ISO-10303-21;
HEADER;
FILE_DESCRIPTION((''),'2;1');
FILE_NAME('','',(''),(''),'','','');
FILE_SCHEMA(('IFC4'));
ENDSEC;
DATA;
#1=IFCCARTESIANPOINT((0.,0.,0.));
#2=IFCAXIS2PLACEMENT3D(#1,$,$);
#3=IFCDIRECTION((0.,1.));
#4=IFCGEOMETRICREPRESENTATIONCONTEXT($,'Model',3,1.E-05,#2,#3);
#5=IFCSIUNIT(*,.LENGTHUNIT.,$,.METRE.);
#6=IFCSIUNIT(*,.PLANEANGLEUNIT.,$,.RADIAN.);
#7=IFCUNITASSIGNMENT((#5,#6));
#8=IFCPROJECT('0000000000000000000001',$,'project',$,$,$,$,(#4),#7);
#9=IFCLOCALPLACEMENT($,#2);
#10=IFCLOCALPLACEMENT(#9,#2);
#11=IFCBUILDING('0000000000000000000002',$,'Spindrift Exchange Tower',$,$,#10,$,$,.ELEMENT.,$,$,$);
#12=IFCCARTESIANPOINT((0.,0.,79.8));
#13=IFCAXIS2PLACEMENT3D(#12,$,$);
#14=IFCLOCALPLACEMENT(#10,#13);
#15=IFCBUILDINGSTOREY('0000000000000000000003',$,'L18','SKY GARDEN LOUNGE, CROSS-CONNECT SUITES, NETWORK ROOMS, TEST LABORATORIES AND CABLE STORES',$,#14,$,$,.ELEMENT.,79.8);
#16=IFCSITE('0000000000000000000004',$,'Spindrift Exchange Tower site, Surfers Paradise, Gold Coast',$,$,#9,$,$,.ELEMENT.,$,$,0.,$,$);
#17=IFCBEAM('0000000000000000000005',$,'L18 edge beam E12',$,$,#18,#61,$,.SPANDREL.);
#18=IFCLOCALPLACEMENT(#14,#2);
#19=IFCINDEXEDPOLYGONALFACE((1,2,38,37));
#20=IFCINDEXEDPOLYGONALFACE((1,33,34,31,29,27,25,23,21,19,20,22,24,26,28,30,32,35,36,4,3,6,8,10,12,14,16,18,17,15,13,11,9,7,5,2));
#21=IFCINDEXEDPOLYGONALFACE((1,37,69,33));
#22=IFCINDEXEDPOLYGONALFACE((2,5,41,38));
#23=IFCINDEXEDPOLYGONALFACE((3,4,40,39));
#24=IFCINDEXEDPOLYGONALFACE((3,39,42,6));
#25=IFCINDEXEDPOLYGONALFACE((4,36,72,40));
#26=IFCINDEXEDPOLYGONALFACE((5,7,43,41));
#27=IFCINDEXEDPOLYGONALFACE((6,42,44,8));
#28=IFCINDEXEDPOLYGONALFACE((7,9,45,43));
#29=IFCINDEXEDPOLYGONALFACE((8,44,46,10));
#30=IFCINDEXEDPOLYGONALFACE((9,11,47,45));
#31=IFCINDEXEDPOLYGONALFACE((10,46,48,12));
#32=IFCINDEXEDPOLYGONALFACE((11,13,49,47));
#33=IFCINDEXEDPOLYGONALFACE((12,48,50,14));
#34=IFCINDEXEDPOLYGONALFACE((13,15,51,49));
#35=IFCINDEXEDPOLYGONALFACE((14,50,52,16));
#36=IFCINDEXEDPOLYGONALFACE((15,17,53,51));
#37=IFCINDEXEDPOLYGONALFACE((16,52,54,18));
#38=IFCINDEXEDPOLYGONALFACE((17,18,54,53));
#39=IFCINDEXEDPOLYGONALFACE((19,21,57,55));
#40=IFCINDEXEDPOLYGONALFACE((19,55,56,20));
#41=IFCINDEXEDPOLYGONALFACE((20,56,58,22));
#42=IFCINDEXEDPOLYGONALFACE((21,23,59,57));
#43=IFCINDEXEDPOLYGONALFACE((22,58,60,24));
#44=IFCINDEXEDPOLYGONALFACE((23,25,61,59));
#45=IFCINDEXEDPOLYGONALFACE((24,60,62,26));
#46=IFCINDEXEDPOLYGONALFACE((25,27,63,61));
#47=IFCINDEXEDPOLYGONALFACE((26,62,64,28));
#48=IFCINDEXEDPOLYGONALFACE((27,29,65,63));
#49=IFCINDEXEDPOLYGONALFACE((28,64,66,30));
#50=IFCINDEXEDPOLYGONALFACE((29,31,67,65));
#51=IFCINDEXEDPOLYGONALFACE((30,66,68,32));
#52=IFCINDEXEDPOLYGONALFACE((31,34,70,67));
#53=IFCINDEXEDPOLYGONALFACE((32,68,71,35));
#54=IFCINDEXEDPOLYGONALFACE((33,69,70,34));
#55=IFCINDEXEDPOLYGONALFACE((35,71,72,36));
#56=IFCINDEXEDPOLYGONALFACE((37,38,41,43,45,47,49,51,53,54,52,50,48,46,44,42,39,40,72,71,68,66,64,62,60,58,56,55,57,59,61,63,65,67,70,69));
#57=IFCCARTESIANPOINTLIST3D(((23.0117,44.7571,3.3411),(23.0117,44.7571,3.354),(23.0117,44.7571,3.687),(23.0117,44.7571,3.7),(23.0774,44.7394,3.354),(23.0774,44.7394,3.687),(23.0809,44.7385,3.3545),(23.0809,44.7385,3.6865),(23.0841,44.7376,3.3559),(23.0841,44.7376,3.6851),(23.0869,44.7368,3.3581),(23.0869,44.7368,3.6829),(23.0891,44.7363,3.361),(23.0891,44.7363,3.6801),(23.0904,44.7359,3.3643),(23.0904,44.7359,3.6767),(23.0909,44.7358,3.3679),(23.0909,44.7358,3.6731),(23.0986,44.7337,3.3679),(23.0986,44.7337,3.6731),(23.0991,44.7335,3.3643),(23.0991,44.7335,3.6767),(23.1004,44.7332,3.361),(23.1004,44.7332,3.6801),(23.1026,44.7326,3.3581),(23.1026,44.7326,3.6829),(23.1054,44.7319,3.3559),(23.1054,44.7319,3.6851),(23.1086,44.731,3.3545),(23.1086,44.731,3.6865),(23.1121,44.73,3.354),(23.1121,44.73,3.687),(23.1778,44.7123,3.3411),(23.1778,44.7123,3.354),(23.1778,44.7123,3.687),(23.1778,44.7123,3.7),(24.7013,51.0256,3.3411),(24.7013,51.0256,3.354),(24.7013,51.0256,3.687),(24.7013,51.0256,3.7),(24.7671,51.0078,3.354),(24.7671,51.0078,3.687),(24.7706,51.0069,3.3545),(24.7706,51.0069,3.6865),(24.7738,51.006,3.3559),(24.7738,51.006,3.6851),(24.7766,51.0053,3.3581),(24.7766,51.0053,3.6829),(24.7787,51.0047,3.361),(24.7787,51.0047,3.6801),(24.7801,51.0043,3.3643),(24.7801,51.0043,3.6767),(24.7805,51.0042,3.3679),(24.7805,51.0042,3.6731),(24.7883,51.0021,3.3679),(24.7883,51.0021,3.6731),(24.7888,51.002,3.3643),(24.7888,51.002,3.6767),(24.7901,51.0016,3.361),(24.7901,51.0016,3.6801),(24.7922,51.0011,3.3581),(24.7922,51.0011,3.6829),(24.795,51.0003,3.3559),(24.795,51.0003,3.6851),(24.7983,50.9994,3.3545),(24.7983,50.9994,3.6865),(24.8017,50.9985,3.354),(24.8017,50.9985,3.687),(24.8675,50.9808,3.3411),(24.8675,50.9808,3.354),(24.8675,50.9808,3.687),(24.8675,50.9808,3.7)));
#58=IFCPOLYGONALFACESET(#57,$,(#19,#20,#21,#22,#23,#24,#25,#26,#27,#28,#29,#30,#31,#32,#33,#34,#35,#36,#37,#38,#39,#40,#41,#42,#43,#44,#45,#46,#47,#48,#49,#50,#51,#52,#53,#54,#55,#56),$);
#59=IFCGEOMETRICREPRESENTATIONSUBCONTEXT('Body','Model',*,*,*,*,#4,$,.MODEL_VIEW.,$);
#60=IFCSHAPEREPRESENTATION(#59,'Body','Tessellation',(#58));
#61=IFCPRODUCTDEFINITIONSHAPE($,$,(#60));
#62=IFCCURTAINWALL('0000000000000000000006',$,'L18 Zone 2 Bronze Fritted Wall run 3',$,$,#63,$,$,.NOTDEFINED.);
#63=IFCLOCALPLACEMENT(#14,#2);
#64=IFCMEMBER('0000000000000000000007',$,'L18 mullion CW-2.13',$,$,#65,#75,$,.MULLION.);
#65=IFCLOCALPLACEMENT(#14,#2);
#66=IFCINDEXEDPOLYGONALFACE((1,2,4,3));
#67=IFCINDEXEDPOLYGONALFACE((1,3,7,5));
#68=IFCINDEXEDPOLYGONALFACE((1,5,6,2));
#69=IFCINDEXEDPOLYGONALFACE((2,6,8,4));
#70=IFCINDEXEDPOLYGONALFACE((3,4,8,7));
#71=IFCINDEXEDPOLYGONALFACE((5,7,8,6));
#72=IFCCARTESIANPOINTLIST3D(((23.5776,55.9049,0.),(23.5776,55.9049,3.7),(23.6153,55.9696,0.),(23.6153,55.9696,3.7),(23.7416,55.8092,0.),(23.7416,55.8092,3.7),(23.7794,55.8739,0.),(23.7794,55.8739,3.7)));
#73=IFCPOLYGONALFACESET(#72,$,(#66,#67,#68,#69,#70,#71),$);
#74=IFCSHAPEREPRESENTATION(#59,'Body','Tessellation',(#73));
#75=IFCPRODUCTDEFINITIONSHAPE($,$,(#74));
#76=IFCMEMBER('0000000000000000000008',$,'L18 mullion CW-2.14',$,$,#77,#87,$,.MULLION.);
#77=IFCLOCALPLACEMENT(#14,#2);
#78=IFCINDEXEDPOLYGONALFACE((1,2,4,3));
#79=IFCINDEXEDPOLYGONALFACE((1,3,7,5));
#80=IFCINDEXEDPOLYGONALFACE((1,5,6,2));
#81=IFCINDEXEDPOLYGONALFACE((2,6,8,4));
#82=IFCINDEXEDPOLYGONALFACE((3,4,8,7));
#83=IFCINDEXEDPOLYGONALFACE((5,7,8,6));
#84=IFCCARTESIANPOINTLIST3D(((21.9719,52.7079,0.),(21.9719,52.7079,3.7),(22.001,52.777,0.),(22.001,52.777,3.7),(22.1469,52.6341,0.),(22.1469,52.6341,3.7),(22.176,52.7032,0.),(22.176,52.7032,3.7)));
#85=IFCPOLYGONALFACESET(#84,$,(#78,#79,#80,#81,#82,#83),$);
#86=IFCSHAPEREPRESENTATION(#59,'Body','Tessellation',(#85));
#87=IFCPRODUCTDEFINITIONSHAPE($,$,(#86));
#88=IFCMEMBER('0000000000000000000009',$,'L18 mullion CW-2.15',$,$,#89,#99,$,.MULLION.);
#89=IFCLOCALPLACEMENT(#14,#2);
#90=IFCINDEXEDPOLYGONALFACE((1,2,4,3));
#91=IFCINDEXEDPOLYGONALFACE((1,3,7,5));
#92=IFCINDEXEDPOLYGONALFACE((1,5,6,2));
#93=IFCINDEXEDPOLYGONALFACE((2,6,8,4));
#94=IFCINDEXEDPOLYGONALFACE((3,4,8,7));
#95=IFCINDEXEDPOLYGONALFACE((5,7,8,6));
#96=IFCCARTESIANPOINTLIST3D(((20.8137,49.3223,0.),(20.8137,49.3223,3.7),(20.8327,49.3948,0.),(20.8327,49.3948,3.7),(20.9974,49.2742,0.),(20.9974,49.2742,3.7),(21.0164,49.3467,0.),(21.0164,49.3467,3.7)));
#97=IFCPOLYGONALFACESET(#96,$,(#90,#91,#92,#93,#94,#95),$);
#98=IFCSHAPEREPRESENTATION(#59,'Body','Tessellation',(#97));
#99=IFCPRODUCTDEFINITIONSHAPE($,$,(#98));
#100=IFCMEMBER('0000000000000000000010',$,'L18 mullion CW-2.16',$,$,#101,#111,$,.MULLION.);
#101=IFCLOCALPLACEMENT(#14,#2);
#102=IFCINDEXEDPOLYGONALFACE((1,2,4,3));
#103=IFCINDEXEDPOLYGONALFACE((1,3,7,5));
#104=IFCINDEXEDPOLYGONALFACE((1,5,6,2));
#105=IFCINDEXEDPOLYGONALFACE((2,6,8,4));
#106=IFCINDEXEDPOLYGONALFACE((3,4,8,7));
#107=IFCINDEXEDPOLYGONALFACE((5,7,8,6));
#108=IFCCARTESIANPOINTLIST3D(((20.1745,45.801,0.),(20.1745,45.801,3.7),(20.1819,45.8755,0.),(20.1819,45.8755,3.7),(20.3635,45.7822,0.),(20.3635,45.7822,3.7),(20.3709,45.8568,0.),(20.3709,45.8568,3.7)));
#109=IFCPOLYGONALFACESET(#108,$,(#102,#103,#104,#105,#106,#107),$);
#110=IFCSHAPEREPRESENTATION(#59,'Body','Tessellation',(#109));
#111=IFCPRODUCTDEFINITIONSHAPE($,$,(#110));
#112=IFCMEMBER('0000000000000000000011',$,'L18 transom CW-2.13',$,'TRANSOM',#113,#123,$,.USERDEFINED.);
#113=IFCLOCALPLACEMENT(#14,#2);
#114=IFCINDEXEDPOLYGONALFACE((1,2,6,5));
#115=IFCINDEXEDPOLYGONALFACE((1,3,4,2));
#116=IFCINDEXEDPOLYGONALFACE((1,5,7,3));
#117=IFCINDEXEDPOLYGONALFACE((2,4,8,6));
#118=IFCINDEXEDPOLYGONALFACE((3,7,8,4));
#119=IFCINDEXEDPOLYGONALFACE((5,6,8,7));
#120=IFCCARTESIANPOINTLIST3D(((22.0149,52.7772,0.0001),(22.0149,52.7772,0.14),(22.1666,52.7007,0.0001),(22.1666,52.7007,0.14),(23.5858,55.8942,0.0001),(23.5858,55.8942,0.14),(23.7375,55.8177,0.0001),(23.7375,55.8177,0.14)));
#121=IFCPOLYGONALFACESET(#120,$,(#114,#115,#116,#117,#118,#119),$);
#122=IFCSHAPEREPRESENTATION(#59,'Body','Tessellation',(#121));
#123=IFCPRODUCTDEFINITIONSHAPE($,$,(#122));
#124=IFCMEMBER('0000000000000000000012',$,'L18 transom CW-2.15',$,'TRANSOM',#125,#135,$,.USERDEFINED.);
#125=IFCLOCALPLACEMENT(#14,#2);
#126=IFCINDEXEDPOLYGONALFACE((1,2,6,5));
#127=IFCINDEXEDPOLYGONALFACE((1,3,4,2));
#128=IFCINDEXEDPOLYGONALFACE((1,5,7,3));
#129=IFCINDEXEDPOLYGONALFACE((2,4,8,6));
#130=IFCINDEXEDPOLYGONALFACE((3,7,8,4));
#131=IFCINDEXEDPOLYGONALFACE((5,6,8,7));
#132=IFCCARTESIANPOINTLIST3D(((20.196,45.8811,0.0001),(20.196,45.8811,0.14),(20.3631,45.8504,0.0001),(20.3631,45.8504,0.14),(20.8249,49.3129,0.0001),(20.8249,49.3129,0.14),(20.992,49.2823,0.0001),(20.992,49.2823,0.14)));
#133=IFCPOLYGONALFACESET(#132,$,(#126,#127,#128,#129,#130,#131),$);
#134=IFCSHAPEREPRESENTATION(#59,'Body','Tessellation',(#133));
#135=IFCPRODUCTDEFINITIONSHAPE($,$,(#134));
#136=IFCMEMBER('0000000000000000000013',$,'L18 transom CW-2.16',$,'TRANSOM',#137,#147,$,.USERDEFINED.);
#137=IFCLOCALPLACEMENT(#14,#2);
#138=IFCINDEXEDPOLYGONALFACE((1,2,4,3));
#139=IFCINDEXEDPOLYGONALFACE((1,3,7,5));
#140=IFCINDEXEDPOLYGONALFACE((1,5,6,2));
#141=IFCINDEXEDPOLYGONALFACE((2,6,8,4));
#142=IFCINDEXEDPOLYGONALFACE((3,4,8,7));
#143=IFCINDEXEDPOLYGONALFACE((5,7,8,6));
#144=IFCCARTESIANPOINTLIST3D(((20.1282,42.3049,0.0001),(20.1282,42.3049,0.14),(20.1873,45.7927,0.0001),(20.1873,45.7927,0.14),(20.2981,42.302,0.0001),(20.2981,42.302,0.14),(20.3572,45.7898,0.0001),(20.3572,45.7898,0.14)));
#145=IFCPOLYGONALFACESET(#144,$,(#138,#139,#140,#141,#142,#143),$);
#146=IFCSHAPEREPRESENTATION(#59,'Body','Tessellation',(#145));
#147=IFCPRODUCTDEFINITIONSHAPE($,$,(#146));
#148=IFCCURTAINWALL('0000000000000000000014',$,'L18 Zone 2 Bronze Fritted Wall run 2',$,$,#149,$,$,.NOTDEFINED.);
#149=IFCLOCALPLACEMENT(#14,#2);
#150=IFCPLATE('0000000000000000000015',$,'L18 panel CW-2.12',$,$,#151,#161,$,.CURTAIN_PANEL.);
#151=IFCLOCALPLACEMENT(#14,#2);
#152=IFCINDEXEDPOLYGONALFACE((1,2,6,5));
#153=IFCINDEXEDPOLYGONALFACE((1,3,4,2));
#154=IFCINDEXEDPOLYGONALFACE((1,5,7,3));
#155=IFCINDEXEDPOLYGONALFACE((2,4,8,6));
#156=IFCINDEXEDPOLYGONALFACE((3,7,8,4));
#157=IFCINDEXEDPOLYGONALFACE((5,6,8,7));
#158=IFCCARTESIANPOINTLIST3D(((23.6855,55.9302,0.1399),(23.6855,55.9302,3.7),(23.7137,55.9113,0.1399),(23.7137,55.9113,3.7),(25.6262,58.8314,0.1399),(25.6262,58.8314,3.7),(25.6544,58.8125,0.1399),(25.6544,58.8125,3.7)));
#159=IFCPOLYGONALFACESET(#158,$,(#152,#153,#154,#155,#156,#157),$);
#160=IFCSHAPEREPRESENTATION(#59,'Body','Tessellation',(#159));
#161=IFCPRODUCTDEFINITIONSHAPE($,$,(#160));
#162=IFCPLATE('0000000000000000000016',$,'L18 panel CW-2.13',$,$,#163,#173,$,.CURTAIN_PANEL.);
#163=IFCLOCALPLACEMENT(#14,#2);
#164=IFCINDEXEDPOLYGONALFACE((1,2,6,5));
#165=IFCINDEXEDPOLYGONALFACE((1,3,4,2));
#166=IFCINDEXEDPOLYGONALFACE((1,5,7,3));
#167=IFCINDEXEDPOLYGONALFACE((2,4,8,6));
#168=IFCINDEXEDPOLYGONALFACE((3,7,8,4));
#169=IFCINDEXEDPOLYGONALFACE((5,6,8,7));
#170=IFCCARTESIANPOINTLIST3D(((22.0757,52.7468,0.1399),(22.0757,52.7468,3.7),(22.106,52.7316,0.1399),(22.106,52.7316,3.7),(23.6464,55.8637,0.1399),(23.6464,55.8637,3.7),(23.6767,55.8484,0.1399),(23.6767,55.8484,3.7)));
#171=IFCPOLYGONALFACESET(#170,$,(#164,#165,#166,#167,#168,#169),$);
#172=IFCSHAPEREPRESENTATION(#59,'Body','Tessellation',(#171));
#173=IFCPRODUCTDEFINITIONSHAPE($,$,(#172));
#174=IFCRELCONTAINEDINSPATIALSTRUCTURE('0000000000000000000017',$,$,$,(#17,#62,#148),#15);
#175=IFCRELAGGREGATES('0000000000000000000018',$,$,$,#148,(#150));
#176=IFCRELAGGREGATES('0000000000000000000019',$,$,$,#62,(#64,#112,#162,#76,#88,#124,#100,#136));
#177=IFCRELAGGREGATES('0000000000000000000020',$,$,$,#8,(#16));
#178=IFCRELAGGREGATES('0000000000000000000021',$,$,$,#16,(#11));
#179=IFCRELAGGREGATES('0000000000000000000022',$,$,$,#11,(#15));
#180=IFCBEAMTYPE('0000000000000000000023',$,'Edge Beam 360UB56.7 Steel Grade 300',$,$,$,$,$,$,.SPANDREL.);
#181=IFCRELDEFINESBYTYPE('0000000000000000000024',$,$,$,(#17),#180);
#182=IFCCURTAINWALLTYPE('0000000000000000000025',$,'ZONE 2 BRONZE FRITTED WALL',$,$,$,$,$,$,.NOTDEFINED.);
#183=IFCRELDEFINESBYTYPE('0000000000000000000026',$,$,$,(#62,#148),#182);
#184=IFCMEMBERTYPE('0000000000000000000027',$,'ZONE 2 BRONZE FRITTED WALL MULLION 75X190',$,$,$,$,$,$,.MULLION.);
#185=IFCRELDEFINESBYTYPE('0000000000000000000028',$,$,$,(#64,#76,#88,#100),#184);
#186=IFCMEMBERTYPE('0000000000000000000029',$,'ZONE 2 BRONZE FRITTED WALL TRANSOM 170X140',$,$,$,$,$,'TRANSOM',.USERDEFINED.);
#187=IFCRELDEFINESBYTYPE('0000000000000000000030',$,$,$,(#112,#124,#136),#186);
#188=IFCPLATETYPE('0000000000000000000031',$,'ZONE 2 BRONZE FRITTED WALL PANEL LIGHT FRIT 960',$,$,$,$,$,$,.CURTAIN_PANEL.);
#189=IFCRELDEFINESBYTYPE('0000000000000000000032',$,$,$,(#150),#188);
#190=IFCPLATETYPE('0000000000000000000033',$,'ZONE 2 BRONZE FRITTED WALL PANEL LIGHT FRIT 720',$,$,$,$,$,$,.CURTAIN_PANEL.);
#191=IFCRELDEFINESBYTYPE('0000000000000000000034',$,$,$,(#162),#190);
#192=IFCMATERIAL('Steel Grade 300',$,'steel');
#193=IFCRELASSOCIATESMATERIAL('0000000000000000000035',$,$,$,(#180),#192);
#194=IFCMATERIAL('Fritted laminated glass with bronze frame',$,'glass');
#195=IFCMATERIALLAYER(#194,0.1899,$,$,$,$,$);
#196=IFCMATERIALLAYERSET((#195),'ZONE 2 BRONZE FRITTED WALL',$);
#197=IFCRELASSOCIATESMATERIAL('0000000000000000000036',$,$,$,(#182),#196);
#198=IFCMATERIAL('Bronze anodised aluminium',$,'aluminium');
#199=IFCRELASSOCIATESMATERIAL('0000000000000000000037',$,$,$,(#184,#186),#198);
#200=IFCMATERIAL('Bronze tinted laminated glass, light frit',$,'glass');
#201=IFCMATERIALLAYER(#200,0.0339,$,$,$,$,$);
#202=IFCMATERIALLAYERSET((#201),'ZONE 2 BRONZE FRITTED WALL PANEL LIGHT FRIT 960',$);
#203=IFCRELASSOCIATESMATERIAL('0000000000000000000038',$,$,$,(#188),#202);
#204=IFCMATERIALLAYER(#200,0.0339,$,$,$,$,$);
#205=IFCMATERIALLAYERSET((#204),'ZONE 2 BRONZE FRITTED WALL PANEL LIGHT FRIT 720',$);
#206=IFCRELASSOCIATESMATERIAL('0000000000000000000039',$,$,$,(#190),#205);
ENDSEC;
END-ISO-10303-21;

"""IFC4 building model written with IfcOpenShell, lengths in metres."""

from ifc_helpers import new_model, si_unit, direction, frame, origin, origin_2d, place, context, subcontext, project, spatial, rectangle, i_section, extrude, source, transform, mapped, material, layer, layer_set, material_profile, profile_set, type_object, element, aggregate, save


model = new_model("IFC4")

# Units and contexts
model_context = context("Model", 3, precision=1e-05, world=origin(), true_north=direction((0.0, 1.0)))
body_context = subcontext(model_context, "Body", "Model", "MODEL_VIEW")
ifc_project = project(units=[si_unit("LENGTHUNIT", "METRE"), si_unit("PLANEANGLEUNIT", "RADIAN")], contexts=[model_context])

# Site, building, storey
site_placement = place(None, origin())
site = spatial("IfcSite", under=ifc_project, at=site_placement, Name="Spindrift Exchange Tower site, Surfers Paradise, Gold Coast", CompositionType="ELEMENT", RefElevation=0.0)
building_placement = place(site_placement, origin())
building = spatial("IfcBuilding", under=site, at=building_placement, Name="Spindrift Exchange Tower", CompositionType="ELEMENT")
storey_placement = place(building_placement, frame((0.0, 0.0, 79.8)))
storey = spatial("IfcBuildingStorey", under=building, at=storey_placement, Name="L18", Description="SKY GARDEN LOUNGE, CROSS-CONNECT SUITES, NETWORK ROOMS, TEST LABORATORIES AND CABLE STORES", CompositionType="ELEMENT", Elevation=79.8)

# Beam
ifc_material_1 = material(Name="Steel Grade 300", Category="steel")
ifc_material_profile_1 = material_profile(ifc_material_1, i_section(OverallWidth=0.1721, OverallDepth=0.3589, WebThickness=0.0081, FlangeThickness=0.0129, FilletRadius=0.0139, at=origin_2d()), Name="360UB56.7")
ifc_profile_set_1 = profile_set([ifc_material_profile_1], Name="Steel Grade 300")
beam_type_1 = type_object("IfcBeamType", Name="Edge Beam 360UB56.7 Steel Grade 300", PredefinedType="SPANDREL", material=ifc_profile_set_1)
shared_shape_1 = source(origin(), body_context, "Body", "SweptSolid", [
    extrude(i_section(OverallWidth=0.1721, OverallDepth=0.3589, WebThickness=0.0081, FlangeThickness=0.0129, FilletRadius=0.0139, at=origin_2d()), origin(), (0.0, 0.0, 1.0), 6.4922),
])
beam_1_placement = place(storey_placement, frame((24.7844, 51.0032, 3.5205), z_axis=(-0.260262, -0.965538, 0.0), x_axis=(0.965538, -0.260262, 0.0)))
element("IfcBeam", 1, at=beam_1_placement, inside=storey, type_object=beam_type_1, Name="L18 edge beam E12", PredefinedType="SPANDREL", context=body_context, shape_type="MappedRepresentation", body=[
    mapped(shared_shape_1, transform((0.0, 0.0, 0.0), scale=1.0)),
])

# Curtain wall, members
ifc_material_2 = material(Name="Fritted laminated glass with bronze frame", Category="glass")
ifc_layer_1 = layer(ifc_material_2, 0.1899)
ifc_layer_set_1 = layer_set([ifc_layer_1], Name="ZONE 2 BRONZE FRITTED WALL")
curtain_wall_type = type_object("IfcCurtainWallType", Name="ZONE 2 BRONZE FRITTED WALL", PredefinedType="NOTDEFINED", material=ifc_layer_set_1)
curtain_wall_1_placement = place(storey_placement, origin())
curtain_wall_1 = element("IfcCurtainWall", 2, at=curtain_wall_1_placement, inside=storey, type_object=curtain_wall_type, Name="L18 Zone 2 Bronze Fritted Wall run 3", PredefinedType="NOTDEFINED")
ifc_material_3 = material(Name="Bronze anodised aluminium", Category="aluminium")
ifc_material_profile_2 = material_profile(ifc_material_3, rectangle(XDim=0.075, YDim=0.1899, at=origin_2d()), Name="ZONE 2 BRONZE FRITTED WALL MULLION 75X190")
ifc_profile_set_2 = profile_set([ifc_material_profile_2], Name="Bronze anodised aluminium")
member_type_1 = type_object("IfcMemberType", Name="ZONE 2 BRONZE FRITTED WALL MULLION 75X190", PredefinedType="MULLION", material=ifc_profile_set_2)
shared_shape_2 = source(origin(), body_context, "Body", "SweptSolid", [
    extrude(rectangle(XDim=0.075, YDim=0.1899, at=origin_2d()), origin(), (0.0, 0.0, 1.0), 3.7),
])
member_1_placement = place(storey_placement, frame((23.6785, 55.8894, 0.0), z_axis=(0.0, 0.0, 1.0), x_axis=(-0.503963, -0.863725, 0.0)))
member_1 = element("IfcMember", 3, at=member_1_placement, type_object=member_type_1, Name="L18 mullion CW-2.13", PredefinedType="MULLION", context=body_context, shape_type="MappedRepresentation", body=[
    mapped(shared_shape_2, transform((0.0, 0.0, 0.0), scale=1.0)),
])
member_2_placement = place(storey_placement, frame((22.074, 52.7056, 0.0), z_axis=(0.0, 0.0, 1.0), x_axis=(-0.388458, -0.921467, 0.0)))
member_2 = element("IfcMember", 4, at=member_2_placement, type_object=member_type_1, Name="L18 mullion CW-2.14", PredefinedType="MULLION", context=body_context, shape_type="MappedRepresentation", body=[
    mapped(shared_shape_2, transform((0.0, 0.0, 0.0), scale=1.0)),
])
member_3_placement = place(storey_placement, frame((20.915, 49.3345, 0.0), z_axis=(0.0, 0.0, 1.0), x_axis=(-0.25337, -0.967369, 0.0)))
member_3 = element("IfcMember", 5, at=member_3_placement, type_object=member_type_1, Name="L18 mullion CW-2.15", PredefinedType="MULLION", context=body_context, shape_type="MappedRepresentation", body=[
    mapped(shared_shape_2, transform((0.0, 0.0, 0.0), scale=1.0)),
])
member_4_placement = place(storey_placement, frame((20.2727, 45.8289, 0.0), z_axis=(0.0, 0.0, 1.0), x_axis=(-0.098916, -0.995096, 0.0)))
member_4 = element("IfcMember", 6, at=member_4_placement, type_object=member_type_1, Name="L18 mullion CW-2.16", PredefinedType="MULLION", context=body_context, shape_type="MappedRepresentation", body=[
    mapped(shared_shape_2, transform((0.0, 0.0, 0.0), scale=1.0)),
])
ifc_material_profile_3 = material_profile(ifc_material_3, rectangle(XDim=0.1699, YDim=0.1399, at=origin_2d()), Name="ZONE 2 BRONZE FRITTED WALL TRANSOM 170X140")
ifc_profile_set_3 = profile_set([ifc_material_profile_3], Name="Bronze anodised aluminium")
member_type_2 = type_object("IfcMemberType", Name="ZONE 2 BRONZE FRITTED WALL TRANSOM 170X140", ElementType="TRANSOM", PredefinedType="USERDEFINED", material=ifc_profile_set_3)
shared_shape_3 = source(origin(), body_context, "Body", "SweptSolid", [
    extrude(rectangle(XDim=0.1699, YDim=0.1399, at=origin_2d()), origin(), (0.0, 0.0, 1.0), 3.4905),
])
member_5_placement = place(storey_placement, frame((23.6616, 55.856, 0.0701), z_axis=(-0.450037, -0.89301, 0.0), x_axis=(0.89301, -0.450037, 0.0)))
member_5 = element("IfcMember", 7, at=member_5_placement, type_object=member_type_2, Name="L18 transom CW-2.13", ObjectType="TRANSOM", PredefinedType="USERDEFINED", context=body_context, shape_type="MappedRepresentation", body=[
    mapped(shared_shape_3, transform((0.0, 0.0, 0.0), scale=1.0)),
])
shared_shape_4 = source(origin(), body_context, "Body", "SweptSolid", [
    extrude(rectangle(XDim=0.1699, YDim=0.1399, at=origin_2d()), origin(), (0.0, 0.0, 1.0), 3.489),
])
member_6_placement = place(storey_placement, frame((20.9084, 49.2976, 0.0701), z_axis=(-0.180252, -0.98362, 0.0), x_axis=(0.98362, -0.180252, 0.0)))
member_6 = element("IfcMember", 8, at=member_6_placement, type_object=member_type_2, Name="L18 transom CW-2.15", ObjectType="TRANSOM", PredefinedType="USERDEFINED", context=body_context, shape_type="MappedRepresentation", body=[
    mapped(shared_shape_4, transform((0.0, 0.0, 0.0), scale=1.0)),
])
shared_shape_5 = source(origin(), body_context, "Body", "SweptSolid", [
    extrude(rectangle(XDim=0.1699, YDim=0.1399, at=origin_2d()), origin(), (0.0, 0.0, 1.0), 3.4883),
])
member_7_placement = place(storey_placement, frame((20.2722, 45.7913, 0.0701), z_axis=(-0.016937, -0.999857, 0.0), x_axis=(0.999857, -0.016937, 0.0)))
member_7 = element("IfcMember", 9, at=member_7_placement, type_object=member_type_2, Name="L18 transom CW-2.16", ObjectType="TRANSOM", PredefinedType="USERDEFINED", context=body_context, shape_type="MappedRepresentation", body=[
    mapped(shared_shape_5, transform((0.0, 0.0, 0.0), scale=1.0)),
])

# Curtain wall, plate
curtain_wall_2_placement = place(storey_placement, origin())
curtain_wall_2 = element("IfcCurtainWall", 10, at=curtain_wall_2_placement, inside=storey, type_object=curtain_wall_type, Name="L18 Zone 2 Bronze Fritted Wall run 2", PredefinedType="NOTDEFINED")
ifc_material_4 = material(Name="Bronze tinted laminated glass, light frit", Category="glass")
ifc_layer_2 = layer(ifc_material_4, 0.0339)
ifc_layer_set_2 = layer_set([ifc_layer_2], Name="ZONE 2 BRONZE FRITTED WALL PANEL LIGHT FRIT 960")
plate_type_1 = type_object("IfcPlateType", Name="ZONE 2 BRONZE FRITTED WALL PANEL LIGHT FRIT 960", PredefinedType="CURTAIN_PANEL", material=ifc_layer_set_2)
shared_shape_6 = source(origin(), body_context, "Body", "SweptSolid", [
    extrude(rectangle(XDim=3.4905, YDim=0.0339, at=origin_2d()), origin(), (0.0, 0.0, 1.0), 3.5601),
])
plate_1_placement = place(storey_placement, frame((24.6699, 57.3713, 0.1399), z_axis=(0.0, 0.0, 1.0), x_axis=(-0.556, -0.831182, 0.0)))
plate_1 = element("IfcPlate", 11, at=plate_1_placement, type_object=plate_type_1, Name="L18 panel CW-2.12", PredefinedType="CURTAIN_PANEL", context=body_context, shape_type="MappedRepresentation", body=[
    mapped(shared_shape_6, transform((0.0, 0.0, 0.0), scale=1.0)),
])
aggregate(curtain_wall_2, [plate_1])

# Plate
ifc_layer_3 = layer(ifc_material_4, 0.0339)
ifc_layer_set_3 = layer_set([ifc_layer_3], Name="ZONE 2 BRONZE FRITTED WALL PANEL LIGHT FRIT 720")
plate_type_2 = type_object("IfcPlateType", Name="ZONE 2 BRONZE FRITTED WALL PANEL LIGHT FRIT 720", PredefinedType="CURTAIN_PANEL", material=ifc_layer_set_3)
shared_shape_7 = source(origin(), body_context, "Body", "SweptSolid", [
    extrude(rectangle(XDim=3.4902, YDim=0.0339, at=origin_2d()), origin(), (0.0, 0.0, 1.0), 3.5601),
])
plate_2_placement = place(storey_placement, frame((22.8762, 54.2976, 0.1399), z_axis=(0.0, 0.0, 1.0), x_axis=(-0.450027, -0.893015, 0.0)))
plate_2 = element("IfcPlate", 12, at=plate_2_placement, type_object=plate_type_2, Name="L18 panel CW-2.13", PredefinedType="CURTAIN_PANEL", context=body_context, shape_type="MappedRepresentation", body=[
    mapped(shared_shape_7, transform((0.0, 0.0, 0.0), scale=1.0)),
])
aggregate(curtain_wall_1, [member_1, member_5, plate_2, member_2, member_3, member_6, member_4, member_7])

save(model, "model.ifc")
